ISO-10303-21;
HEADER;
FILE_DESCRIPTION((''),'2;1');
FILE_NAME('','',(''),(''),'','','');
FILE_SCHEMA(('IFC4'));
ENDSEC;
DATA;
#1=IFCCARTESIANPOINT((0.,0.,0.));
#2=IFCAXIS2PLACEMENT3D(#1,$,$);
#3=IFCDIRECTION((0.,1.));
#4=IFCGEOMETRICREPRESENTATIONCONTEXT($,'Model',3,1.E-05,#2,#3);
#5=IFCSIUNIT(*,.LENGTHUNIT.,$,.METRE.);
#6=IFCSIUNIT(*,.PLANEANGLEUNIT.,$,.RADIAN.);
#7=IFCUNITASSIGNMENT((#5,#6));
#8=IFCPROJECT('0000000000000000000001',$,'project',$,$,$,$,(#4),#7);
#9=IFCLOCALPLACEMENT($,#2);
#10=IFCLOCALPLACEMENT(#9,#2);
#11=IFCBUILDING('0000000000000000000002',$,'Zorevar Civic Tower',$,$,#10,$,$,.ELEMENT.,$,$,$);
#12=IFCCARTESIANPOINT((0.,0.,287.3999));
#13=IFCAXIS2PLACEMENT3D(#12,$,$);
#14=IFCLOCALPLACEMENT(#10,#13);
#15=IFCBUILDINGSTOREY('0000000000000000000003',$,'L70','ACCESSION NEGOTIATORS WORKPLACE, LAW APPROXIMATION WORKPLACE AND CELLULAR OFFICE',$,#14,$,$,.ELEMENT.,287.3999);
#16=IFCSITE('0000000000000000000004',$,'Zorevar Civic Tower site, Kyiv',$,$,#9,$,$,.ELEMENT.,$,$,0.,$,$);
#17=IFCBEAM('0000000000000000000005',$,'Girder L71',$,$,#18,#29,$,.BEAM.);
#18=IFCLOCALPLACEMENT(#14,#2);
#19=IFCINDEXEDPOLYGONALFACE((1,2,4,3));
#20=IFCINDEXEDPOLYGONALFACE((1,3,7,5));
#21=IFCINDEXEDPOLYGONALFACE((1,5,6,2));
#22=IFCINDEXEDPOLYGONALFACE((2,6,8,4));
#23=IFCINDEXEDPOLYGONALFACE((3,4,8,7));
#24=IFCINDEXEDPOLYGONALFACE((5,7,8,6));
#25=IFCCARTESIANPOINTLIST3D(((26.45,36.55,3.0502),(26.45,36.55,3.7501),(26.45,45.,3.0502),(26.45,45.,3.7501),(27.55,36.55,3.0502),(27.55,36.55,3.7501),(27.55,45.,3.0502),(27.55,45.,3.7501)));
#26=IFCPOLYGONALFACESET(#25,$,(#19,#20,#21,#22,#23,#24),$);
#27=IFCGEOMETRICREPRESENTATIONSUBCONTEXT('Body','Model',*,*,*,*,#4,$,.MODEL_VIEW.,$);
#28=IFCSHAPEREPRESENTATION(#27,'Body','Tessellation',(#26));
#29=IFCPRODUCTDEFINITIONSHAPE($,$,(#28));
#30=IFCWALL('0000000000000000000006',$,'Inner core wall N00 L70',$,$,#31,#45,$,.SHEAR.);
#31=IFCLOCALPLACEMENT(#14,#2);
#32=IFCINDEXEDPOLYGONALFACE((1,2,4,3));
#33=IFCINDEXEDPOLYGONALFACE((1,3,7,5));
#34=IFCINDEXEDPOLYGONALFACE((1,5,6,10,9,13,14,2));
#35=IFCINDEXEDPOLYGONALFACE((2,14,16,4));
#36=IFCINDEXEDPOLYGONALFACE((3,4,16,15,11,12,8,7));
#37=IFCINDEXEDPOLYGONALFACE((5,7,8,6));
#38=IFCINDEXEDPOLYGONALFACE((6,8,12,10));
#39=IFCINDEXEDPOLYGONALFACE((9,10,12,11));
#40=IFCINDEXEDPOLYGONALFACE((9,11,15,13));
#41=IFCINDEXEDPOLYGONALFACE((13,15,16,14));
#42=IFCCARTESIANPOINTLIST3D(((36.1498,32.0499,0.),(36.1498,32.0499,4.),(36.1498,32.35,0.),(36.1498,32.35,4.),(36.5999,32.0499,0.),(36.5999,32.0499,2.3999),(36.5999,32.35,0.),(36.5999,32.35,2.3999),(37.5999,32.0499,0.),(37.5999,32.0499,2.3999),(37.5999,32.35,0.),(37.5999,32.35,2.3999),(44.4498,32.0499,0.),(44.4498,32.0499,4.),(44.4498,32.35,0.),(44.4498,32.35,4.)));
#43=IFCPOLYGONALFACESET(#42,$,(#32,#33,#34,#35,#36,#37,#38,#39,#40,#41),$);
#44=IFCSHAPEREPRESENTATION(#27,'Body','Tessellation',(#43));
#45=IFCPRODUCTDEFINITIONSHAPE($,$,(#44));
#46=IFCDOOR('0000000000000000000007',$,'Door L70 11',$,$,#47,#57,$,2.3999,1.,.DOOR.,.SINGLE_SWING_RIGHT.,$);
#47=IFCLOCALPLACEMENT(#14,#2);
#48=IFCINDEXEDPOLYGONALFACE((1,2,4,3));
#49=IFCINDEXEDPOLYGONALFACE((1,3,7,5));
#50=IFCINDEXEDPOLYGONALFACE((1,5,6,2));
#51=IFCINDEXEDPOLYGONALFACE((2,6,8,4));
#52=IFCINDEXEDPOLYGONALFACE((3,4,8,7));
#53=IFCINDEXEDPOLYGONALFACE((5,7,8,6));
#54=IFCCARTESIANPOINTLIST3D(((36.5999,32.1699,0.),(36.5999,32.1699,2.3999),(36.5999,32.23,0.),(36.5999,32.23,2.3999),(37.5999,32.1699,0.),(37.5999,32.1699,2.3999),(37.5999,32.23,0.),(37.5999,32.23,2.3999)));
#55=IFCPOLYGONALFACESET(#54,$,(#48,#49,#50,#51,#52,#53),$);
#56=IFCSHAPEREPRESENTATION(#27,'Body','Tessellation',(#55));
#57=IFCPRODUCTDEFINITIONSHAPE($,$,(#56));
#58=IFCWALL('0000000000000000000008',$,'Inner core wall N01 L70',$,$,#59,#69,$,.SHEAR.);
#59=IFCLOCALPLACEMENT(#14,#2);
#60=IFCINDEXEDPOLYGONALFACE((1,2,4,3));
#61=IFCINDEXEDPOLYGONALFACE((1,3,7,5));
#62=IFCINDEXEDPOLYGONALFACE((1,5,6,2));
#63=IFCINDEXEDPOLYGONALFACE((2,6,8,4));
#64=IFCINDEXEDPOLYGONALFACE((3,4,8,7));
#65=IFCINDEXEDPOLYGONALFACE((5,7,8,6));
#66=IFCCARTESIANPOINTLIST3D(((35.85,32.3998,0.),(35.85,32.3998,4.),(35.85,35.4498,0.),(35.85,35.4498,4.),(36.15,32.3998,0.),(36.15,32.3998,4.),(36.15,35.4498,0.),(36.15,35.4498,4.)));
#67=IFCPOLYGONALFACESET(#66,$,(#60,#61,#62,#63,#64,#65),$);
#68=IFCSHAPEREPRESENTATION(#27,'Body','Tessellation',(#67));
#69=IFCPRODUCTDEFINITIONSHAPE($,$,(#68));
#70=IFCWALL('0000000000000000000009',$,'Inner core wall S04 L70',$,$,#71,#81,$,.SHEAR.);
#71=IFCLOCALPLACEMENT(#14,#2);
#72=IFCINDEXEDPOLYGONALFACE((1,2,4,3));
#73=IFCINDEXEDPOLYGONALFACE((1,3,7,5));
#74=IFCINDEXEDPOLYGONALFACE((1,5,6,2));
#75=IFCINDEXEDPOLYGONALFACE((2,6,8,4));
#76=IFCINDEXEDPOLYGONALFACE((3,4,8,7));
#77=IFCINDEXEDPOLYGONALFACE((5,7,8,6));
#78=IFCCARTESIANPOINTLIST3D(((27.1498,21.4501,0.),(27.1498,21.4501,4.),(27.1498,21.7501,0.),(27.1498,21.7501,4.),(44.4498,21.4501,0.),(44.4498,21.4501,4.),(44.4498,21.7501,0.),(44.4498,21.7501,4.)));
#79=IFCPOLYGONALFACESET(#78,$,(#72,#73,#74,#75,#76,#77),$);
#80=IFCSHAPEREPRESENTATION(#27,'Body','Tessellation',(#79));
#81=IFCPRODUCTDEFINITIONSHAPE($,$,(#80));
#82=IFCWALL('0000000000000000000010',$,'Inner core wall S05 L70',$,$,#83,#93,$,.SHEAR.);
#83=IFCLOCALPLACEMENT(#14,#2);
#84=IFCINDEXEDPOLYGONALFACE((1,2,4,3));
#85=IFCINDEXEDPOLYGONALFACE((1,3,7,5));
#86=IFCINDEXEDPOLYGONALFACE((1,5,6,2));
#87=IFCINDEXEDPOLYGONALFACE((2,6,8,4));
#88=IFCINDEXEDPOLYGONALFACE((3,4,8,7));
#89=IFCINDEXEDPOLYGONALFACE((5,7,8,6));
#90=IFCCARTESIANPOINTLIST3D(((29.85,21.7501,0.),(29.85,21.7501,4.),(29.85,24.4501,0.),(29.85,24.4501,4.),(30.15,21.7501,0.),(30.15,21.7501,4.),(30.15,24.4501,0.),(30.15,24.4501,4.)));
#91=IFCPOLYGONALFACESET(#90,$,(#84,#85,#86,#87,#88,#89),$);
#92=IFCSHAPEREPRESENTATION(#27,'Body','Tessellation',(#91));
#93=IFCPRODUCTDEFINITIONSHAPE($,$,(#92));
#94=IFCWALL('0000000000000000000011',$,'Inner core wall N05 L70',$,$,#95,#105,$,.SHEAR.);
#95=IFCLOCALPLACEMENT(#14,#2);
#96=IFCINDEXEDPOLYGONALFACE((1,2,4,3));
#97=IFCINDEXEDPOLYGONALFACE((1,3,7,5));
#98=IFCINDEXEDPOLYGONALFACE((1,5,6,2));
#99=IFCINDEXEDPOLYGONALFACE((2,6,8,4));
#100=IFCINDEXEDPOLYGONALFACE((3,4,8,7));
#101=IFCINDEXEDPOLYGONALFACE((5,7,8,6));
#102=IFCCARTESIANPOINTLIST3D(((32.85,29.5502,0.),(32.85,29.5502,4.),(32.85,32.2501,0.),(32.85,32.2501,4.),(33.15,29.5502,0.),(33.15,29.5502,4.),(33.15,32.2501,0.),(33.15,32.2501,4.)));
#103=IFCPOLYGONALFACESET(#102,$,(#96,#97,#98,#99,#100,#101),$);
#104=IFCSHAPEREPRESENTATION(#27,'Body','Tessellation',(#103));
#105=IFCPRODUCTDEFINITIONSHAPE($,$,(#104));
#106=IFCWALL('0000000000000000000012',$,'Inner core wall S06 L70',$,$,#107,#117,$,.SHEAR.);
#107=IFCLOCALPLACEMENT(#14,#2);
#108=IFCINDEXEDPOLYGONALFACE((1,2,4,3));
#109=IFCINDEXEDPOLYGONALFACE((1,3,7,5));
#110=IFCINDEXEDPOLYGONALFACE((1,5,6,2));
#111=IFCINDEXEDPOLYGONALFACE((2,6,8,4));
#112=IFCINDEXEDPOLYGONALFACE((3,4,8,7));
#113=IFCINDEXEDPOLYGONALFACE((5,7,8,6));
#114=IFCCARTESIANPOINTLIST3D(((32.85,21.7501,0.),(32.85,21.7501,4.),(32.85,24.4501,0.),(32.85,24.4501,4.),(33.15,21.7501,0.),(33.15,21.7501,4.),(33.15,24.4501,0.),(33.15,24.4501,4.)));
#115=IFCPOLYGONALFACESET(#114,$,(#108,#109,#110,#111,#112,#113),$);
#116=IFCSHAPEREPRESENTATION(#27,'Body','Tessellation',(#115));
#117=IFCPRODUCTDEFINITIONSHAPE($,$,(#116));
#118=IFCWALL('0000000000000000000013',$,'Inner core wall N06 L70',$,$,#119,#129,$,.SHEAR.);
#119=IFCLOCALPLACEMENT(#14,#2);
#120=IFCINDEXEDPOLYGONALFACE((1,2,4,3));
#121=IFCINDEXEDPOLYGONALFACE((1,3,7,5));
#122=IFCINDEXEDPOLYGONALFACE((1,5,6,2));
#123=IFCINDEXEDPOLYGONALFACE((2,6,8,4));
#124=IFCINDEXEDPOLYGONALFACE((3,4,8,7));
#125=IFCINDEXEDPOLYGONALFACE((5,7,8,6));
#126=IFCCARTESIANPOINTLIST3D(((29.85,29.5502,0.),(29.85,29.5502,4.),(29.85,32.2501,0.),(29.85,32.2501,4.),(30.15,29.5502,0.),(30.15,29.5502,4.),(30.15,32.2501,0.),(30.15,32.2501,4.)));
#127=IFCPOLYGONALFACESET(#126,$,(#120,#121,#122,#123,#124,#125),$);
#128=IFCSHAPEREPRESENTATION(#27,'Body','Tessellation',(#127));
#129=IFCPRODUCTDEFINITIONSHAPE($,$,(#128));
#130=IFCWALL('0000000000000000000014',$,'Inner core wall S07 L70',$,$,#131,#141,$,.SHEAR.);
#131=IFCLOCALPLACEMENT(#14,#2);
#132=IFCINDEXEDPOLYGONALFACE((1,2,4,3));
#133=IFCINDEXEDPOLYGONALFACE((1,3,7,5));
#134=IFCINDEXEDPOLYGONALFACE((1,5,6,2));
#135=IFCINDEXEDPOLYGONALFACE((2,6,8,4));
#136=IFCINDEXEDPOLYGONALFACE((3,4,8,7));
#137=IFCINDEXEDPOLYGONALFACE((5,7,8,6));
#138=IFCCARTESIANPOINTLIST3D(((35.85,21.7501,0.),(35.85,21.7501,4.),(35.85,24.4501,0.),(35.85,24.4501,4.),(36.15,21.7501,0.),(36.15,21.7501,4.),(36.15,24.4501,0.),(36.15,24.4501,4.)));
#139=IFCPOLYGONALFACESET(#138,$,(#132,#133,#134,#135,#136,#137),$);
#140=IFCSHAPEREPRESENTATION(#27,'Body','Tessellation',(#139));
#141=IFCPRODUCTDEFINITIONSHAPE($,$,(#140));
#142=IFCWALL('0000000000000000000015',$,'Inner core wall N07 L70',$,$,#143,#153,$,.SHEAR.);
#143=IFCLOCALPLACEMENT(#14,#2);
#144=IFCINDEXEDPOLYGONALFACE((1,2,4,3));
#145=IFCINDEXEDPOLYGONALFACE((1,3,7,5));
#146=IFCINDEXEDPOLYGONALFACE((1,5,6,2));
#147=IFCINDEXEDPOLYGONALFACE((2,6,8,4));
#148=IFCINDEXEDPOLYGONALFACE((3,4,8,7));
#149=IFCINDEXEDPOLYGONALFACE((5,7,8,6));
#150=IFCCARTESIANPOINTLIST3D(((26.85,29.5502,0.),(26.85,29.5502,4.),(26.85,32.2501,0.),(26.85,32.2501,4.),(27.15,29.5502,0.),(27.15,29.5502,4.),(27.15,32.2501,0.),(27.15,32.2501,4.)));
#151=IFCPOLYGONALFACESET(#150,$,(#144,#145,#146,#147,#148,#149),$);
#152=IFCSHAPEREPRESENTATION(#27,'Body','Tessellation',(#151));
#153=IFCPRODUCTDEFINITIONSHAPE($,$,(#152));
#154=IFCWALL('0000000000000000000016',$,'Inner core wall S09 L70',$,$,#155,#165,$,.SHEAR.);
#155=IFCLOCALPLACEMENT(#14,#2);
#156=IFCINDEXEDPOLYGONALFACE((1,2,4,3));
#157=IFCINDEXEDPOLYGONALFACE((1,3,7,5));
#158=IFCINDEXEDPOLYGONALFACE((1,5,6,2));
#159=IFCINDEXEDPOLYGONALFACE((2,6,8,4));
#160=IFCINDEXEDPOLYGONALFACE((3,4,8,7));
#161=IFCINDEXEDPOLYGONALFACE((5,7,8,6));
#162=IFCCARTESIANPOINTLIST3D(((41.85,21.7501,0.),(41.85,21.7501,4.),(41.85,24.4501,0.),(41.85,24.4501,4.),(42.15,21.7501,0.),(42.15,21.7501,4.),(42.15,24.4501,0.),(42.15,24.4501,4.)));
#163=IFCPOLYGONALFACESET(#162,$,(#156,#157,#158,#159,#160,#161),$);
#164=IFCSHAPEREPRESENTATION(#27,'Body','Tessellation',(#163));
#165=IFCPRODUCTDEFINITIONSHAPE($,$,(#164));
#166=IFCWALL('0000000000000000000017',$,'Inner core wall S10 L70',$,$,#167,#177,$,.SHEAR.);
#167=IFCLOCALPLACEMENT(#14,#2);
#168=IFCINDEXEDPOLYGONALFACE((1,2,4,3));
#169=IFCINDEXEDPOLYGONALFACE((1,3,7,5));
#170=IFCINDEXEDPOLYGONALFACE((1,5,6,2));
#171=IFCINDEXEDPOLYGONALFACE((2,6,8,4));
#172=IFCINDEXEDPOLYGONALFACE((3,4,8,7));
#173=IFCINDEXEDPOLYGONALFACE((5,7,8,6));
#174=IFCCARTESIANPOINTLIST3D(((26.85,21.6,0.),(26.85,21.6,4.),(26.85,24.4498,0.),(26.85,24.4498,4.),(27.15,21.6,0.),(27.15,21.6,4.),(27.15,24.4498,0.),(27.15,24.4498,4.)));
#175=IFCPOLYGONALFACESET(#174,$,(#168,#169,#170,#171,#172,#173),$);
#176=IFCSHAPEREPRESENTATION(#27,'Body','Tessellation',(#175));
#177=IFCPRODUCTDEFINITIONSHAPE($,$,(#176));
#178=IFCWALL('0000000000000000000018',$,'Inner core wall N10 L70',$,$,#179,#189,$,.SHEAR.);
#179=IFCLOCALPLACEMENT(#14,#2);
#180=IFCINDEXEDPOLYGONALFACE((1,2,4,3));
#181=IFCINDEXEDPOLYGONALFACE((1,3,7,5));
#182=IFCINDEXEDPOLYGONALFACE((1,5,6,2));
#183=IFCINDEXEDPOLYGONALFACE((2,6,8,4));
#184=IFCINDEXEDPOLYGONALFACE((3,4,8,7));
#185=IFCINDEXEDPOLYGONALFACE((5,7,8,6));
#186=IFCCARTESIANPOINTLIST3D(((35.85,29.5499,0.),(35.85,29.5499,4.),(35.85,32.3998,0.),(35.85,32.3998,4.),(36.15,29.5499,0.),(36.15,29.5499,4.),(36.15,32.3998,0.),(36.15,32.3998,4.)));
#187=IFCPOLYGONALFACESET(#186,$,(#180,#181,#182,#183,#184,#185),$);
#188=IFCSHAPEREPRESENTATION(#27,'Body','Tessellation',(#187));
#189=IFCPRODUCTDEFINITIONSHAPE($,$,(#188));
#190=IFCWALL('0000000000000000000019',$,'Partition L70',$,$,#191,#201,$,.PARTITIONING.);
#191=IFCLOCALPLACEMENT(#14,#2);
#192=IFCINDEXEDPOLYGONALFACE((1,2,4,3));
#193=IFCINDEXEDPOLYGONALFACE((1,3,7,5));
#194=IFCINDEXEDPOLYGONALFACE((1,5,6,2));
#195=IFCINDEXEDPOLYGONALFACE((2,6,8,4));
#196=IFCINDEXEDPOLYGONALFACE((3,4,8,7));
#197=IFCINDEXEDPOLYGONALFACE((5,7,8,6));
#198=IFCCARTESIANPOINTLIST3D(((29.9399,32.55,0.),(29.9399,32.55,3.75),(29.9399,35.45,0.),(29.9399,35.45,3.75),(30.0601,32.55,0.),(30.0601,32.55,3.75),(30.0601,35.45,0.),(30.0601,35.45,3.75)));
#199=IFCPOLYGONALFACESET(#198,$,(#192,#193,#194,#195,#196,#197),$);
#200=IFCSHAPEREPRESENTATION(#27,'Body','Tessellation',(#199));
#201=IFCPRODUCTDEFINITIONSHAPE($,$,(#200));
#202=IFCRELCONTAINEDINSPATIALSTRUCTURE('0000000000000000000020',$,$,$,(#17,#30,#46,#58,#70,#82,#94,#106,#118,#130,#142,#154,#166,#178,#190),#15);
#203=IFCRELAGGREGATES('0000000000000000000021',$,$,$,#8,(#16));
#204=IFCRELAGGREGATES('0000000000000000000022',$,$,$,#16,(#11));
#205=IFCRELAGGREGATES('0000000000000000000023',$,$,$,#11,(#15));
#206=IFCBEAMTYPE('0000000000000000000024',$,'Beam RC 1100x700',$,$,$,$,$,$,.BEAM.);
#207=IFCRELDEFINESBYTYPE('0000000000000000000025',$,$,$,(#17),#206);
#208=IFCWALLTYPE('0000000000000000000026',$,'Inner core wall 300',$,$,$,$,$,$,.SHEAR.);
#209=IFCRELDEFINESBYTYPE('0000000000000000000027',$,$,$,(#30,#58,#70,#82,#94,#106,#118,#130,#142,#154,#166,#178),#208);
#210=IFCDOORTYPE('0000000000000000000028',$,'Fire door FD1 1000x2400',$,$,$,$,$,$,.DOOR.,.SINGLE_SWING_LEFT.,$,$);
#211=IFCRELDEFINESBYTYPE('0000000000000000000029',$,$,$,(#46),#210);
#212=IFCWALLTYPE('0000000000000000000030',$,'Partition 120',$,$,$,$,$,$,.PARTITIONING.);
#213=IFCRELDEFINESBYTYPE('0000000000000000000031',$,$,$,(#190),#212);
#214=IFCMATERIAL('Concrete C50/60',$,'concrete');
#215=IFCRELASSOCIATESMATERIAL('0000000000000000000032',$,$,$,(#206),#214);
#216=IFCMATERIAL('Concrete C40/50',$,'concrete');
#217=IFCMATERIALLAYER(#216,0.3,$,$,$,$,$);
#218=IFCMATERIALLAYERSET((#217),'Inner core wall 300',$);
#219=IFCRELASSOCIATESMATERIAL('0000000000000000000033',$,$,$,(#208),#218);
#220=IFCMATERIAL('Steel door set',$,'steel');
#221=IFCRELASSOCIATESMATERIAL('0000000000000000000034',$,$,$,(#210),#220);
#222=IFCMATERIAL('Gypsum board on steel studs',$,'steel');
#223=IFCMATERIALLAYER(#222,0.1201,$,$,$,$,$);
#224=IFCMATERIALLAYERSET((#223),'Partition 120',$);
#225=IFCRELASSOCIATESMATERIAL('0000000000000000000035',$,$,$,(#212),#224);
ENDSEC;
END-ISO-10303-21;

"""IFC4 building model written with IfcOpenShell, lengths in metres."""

from ifc_helpers import new_model, si_unit, direction, frame, frame_2d, origin, origin_2d, place, context, subcontext, project, spatial, rectangle, extrude, material, layer, layer_set, material_profile, profile_set, type_object, element, fill, save


model = new_model("IFC4")

# Units and contexts
model_context = context("Model", 3, precision=1e-05, world=origin(), true_north=direction((0.0, 1.0)))
body_context = subcontext(model_context, "Body", "Model", "MODEL_VIEW")
ifc_project = project(units=[si_unit("LENGTHUNIT", "METRE"), si_unit("PLANEANGLEUNIT", "RADIAN")], contexts=[model_context])

# Site, building, storey
site_placement = place(None, origin())
site = spatial("IfcSite", under=ifc_project, at=site_placement, Name="Zorevar Civic Tower site, Kyiv", CompositionType="ELEMENT", RefElevation=0.0)
building_placement = place(site_placement, origin())
building = spatial("IfcBuilding", under=site, at=building_placement, Name="Zorevar Civic Tower", CompositionType="ELEMENT")
storey_placement = place(building_placement, frame((0.0, 0.0, 287.3999)))
storey = spatial("IfcBuildingStorey", under=building, at=storey_placement, Name="L70", Description="ACCESSION NEGOTIATORS WORKPLACE, LAW APPROXIMATION WORKPLACE AND CELLULAR OFFICE", CompositionType="ELEMENT", Elevation=287.3999)

# Beam
ifc_material_1 = material(Name="Concrete C50/60", Category="concrete")
ifc_material_profile = material_profile(ifc_material_1, rectangle(XDim=1.1001, YDim=0.7, at=origin_2d()), Name="RC 1100x700")
ifc_profile_set = profile_set([ifc_material_profile], Name="Concrete C50/60")
beam_type = type_object("IfcBeamType", Name="Beam RC 1100x700", PredefinedType="BEAM", material=ifc_profile_set)
beam_placement = place(storey_placement, frame((27.0, 36.55, 3.4001), z_axis=(0.0, 1.0, 0.0), x_axis=(-1.0, 0.0, 0.0)))
element("IfcBeam", 1, at=beam_placement, inside=storey, type_object=beam_type, Name="Girder L71", PredefinedType="BEAM", context=body_context, shape_type="SweptSolid", body=[
    extrude(rectangle(XDim=1.1001, YDim=0.7, at=origin_2d()), origin(), (0.0, 0.0, 1.0), 8.45),
])

# Wall, opening, door
ifc_material_2 = material(Name="Concrete C40/50", Category="concrete")
ifc_layer_1 = layer(ifc_material_2, 0.3)
ifc_layer_set_1 = layer_set([ifc_layer_1], Name="Inner core wall 300")
wall_type_1 = type_object("IfcWallType", Name="Inner core wall 300", PredefinedType="SHEAR", material=ifc_layer_set_1)
wall_1_placement = place(storey_placement, frame((36.1499, 32.2, 0.0), z_axis=(0.0, 0.0, 1.0), x_axis=(1.0, 0.0, 0.0)))
wall_1 = element("IfcWall", 2, at=wall_1_placement, inside=storey, type_object=wall_type_1, Name="Inner core wall N00 L70", PredefinedType="SHEAR", context=body_context, shape_type="SweptSolid", body=[
    extrude(rectangle(XDim=8.3, YDim=0.3, at=frame_2d((4.1499, 0.0))), origin(), (0.0, 0.0, 1.0), 4.0),
])
opening_1_placement = place(wall_1_placement, frame((0.45, 0.0, 0.0)))
opening_1 = element("IfcOpeningElement", 3, at=opening_1_placement, cuts=wall_1, PredefinedType="OPENING", context=body_context, shape_type="SweptSolid", body=[
    extrude(rectangle(XDim=1.0, YDim=2.3999, at=frame_2d((0.5, 1.2))), frame((0.0, 0.1599, 0.0), z_axis=(0.0, -1.0, 0.0), x_axis=(1.0, 0.0, 0.0)), (0.0, 0.0, 1.0), 0.3201),
])
ifc_material_3 = material(Name="Steel door set", Category="steel")
door_type_1 = type_object("IfcDoorType", Name="Fire door FD1 1000x2400", OperationType="SINGLE_SWING_LEFT", PredefinedType="DOOR", material=ifc_material_3)
door_1_placement = place(opening_1_placement, origin())
door_1 = element("IfcDoor", 4, at=door_1_placement, inside=storey, type_object=door_type_1, Name="Door L70 11", OperationType="SINGLE_SWING_RIGHT", OverallHeight=2.3999, OverallWidth=1.0, PredefinedType="DOOR", context=body_context, shape_type="SweptSolid", body=[
    extrude(rectangle(XDim=1.0, YDim=2.3999, at=frame_2d((0.5, 1.2))), frame((0.0, 0.03, 0.0), z_axis=(0.0, -1.0, 0.0), x_axis=(1.0, 0.0, 0.0)), (0.0, 0.0, 1.0), 0.0601),
])
fill(opening_1, door_1)

# Wall
wall_2_placement = place(storey_placement, frame((36.0, 32.3999, 0.0), z_axis=(0.0, 0.0, 1.0), x_axis=(0.0, 1.0, 0.0)))
element("IfcWall", 5, at=wall_2_placement, inside=storey, type_object=wall_type_1, Name="Inner core wall N01 L70", PredefinedType="SHEAR", context=body_context, shape_type="SweptSolid", body=[
    extrude(rectangle(XDim=3.05, YDim=0.3, at=frame_2d((1.5249, 0.0))), origin(), (0.0, 0.0, 1.0), 4.0),
])

# Walls
wall_3_placement = place(storey_placement, frame((27.1499, 21.6001, 0.0), z_axis=(0.0, 0.0, 1.0), x_axis=(1.0, 0.0, 0.0)))
element("IfcWall", 6, at=wall_3_placement, inside=storey, type_object=wall_type_1, Name="Inner core wall S04 L70", PredefinedType="SHEAR", context=body_context, shape_type="SweptSolid", body=[
    extrude(rectangle(XDim=17.3, YDim=0.3, at=frame_2d((8.6499, 0.0))), origin(), (0.0, 0.0, 1.0), 4.0),
])
for number, where, z_axis, x_axis, name in (
    (7, (30.0, 21.75, 0.0), (0.0, 0.0, 1.0), (0.0, 1.0, 0.0), "Inner core wall S05 L70"),
    (8, (33.0, 29.55, 0.0), (0.0, 0.0, 1.0), (0.0, 1.0, 0.0), "Inner core wall N05 L70"),
    (9, (33.0, 21.75, 0.0), (0.0, 0.0, 1.0), (0.0, 1.0, 0.0), "Inner core wall S06 L70"),
    (10, (30.0, 29.55, 0.0), (0.0, 0.0, 1.0), (0.0, 1.0, 0.0), "Inner core wall N06 L70"),
    (11, (36.0, 21.75, 0.0), (0.0, 0.0, 1.0), (0.0, 1.0, 0.0), "Inner core wall S07 L70"),
    (12, (27.0, 29.55, 0.0), (0.0, 0.0, 1.0), (0.0, 1.0, 0.0), "Inner core wall N07 L70"),
    (13, (42.0, 21.75, 0.0), (0.0, 0.0, 1.0), (0.0, 1.0, 0.0), "Inner core wall S09 L70"),
):
    element("IfcWall", number, at=place(storey_placement, frame(where, z_axis=z_axis, x_axis=x_axis)), inside=storey, type_object=wall_type_1, Name=name, PredefinedType="SHEAR", context=body_context, shape_type="SweptSolid", body=[
        extrude(rectangle(XDim=2.7, YDim=0.3, at=frame_2d((1.3501, 0.0))), origin(), (0.0, 0.0, 1.0), 4.0),
    ])
for number, where, z_axis, x_axis, name in (
    (14, (27.0, 21.6001, 0.0), (0.0, 0.0, 1.0), (0.0, 1.0, 0.0), "Inner core wall S10 L70"),
    (15, (36.0, 29.55, 0.0), (0.0, 0.0, 1.0), (0.0, 1.0, 0.0), "Inner core wall N10 L70"),
):
    element("IfcWall", number, at=place(storey_placement, frame(where, z_axis=z_axis, x_axis=x_axis)), inside=storey, type_object=wall_type_1, Name=name, PredefinedType="SHEAR", context=body_context, shape_type="SweptSolid", body=[
        extrude(rectangle(XDim=2.8499, YDim=0.3, at=frame_2d((1.4248, 0.0))), origin(), (0.0, 0.0, 1.0), 4.0),
    ])
ifc_material_4 = material(Name="Gypsum board on steel studs", Category="steel")
ifc_layer_2 = layer(ifc_material_4, 0.1201)
ifc_layer_set_2 = layer_set([ifc_layer_2], Name="Partition 120")
wall_type_2 = type_object("IfcWallType", Name="Partition 120", PredefinedType="PARTITIONING", material=ifc_layer_set_2)
wall_4_placement = place(storey_placement, frame((30.0, 32.55, 0.0), z_axis=(0.0, 0.0, 1.0), x_axis=(0.0, 1.0, 0.0)))
element("IfcWall", 16, at=wall_4_placement, inside=storey, type_object=wall_type_2, Name="Partition L70", PredefinedType="PARTITIONING", context=body_context, shape_type="SweptSolid", body=[
    extrude(rectangle(XDim=2.8999, YDim=0.1201, at=frame_2d((1.45, 0.0))), origin(), (0.0, 0.0, 1.0), 3.75),
])

save(model, "model.ifc")
